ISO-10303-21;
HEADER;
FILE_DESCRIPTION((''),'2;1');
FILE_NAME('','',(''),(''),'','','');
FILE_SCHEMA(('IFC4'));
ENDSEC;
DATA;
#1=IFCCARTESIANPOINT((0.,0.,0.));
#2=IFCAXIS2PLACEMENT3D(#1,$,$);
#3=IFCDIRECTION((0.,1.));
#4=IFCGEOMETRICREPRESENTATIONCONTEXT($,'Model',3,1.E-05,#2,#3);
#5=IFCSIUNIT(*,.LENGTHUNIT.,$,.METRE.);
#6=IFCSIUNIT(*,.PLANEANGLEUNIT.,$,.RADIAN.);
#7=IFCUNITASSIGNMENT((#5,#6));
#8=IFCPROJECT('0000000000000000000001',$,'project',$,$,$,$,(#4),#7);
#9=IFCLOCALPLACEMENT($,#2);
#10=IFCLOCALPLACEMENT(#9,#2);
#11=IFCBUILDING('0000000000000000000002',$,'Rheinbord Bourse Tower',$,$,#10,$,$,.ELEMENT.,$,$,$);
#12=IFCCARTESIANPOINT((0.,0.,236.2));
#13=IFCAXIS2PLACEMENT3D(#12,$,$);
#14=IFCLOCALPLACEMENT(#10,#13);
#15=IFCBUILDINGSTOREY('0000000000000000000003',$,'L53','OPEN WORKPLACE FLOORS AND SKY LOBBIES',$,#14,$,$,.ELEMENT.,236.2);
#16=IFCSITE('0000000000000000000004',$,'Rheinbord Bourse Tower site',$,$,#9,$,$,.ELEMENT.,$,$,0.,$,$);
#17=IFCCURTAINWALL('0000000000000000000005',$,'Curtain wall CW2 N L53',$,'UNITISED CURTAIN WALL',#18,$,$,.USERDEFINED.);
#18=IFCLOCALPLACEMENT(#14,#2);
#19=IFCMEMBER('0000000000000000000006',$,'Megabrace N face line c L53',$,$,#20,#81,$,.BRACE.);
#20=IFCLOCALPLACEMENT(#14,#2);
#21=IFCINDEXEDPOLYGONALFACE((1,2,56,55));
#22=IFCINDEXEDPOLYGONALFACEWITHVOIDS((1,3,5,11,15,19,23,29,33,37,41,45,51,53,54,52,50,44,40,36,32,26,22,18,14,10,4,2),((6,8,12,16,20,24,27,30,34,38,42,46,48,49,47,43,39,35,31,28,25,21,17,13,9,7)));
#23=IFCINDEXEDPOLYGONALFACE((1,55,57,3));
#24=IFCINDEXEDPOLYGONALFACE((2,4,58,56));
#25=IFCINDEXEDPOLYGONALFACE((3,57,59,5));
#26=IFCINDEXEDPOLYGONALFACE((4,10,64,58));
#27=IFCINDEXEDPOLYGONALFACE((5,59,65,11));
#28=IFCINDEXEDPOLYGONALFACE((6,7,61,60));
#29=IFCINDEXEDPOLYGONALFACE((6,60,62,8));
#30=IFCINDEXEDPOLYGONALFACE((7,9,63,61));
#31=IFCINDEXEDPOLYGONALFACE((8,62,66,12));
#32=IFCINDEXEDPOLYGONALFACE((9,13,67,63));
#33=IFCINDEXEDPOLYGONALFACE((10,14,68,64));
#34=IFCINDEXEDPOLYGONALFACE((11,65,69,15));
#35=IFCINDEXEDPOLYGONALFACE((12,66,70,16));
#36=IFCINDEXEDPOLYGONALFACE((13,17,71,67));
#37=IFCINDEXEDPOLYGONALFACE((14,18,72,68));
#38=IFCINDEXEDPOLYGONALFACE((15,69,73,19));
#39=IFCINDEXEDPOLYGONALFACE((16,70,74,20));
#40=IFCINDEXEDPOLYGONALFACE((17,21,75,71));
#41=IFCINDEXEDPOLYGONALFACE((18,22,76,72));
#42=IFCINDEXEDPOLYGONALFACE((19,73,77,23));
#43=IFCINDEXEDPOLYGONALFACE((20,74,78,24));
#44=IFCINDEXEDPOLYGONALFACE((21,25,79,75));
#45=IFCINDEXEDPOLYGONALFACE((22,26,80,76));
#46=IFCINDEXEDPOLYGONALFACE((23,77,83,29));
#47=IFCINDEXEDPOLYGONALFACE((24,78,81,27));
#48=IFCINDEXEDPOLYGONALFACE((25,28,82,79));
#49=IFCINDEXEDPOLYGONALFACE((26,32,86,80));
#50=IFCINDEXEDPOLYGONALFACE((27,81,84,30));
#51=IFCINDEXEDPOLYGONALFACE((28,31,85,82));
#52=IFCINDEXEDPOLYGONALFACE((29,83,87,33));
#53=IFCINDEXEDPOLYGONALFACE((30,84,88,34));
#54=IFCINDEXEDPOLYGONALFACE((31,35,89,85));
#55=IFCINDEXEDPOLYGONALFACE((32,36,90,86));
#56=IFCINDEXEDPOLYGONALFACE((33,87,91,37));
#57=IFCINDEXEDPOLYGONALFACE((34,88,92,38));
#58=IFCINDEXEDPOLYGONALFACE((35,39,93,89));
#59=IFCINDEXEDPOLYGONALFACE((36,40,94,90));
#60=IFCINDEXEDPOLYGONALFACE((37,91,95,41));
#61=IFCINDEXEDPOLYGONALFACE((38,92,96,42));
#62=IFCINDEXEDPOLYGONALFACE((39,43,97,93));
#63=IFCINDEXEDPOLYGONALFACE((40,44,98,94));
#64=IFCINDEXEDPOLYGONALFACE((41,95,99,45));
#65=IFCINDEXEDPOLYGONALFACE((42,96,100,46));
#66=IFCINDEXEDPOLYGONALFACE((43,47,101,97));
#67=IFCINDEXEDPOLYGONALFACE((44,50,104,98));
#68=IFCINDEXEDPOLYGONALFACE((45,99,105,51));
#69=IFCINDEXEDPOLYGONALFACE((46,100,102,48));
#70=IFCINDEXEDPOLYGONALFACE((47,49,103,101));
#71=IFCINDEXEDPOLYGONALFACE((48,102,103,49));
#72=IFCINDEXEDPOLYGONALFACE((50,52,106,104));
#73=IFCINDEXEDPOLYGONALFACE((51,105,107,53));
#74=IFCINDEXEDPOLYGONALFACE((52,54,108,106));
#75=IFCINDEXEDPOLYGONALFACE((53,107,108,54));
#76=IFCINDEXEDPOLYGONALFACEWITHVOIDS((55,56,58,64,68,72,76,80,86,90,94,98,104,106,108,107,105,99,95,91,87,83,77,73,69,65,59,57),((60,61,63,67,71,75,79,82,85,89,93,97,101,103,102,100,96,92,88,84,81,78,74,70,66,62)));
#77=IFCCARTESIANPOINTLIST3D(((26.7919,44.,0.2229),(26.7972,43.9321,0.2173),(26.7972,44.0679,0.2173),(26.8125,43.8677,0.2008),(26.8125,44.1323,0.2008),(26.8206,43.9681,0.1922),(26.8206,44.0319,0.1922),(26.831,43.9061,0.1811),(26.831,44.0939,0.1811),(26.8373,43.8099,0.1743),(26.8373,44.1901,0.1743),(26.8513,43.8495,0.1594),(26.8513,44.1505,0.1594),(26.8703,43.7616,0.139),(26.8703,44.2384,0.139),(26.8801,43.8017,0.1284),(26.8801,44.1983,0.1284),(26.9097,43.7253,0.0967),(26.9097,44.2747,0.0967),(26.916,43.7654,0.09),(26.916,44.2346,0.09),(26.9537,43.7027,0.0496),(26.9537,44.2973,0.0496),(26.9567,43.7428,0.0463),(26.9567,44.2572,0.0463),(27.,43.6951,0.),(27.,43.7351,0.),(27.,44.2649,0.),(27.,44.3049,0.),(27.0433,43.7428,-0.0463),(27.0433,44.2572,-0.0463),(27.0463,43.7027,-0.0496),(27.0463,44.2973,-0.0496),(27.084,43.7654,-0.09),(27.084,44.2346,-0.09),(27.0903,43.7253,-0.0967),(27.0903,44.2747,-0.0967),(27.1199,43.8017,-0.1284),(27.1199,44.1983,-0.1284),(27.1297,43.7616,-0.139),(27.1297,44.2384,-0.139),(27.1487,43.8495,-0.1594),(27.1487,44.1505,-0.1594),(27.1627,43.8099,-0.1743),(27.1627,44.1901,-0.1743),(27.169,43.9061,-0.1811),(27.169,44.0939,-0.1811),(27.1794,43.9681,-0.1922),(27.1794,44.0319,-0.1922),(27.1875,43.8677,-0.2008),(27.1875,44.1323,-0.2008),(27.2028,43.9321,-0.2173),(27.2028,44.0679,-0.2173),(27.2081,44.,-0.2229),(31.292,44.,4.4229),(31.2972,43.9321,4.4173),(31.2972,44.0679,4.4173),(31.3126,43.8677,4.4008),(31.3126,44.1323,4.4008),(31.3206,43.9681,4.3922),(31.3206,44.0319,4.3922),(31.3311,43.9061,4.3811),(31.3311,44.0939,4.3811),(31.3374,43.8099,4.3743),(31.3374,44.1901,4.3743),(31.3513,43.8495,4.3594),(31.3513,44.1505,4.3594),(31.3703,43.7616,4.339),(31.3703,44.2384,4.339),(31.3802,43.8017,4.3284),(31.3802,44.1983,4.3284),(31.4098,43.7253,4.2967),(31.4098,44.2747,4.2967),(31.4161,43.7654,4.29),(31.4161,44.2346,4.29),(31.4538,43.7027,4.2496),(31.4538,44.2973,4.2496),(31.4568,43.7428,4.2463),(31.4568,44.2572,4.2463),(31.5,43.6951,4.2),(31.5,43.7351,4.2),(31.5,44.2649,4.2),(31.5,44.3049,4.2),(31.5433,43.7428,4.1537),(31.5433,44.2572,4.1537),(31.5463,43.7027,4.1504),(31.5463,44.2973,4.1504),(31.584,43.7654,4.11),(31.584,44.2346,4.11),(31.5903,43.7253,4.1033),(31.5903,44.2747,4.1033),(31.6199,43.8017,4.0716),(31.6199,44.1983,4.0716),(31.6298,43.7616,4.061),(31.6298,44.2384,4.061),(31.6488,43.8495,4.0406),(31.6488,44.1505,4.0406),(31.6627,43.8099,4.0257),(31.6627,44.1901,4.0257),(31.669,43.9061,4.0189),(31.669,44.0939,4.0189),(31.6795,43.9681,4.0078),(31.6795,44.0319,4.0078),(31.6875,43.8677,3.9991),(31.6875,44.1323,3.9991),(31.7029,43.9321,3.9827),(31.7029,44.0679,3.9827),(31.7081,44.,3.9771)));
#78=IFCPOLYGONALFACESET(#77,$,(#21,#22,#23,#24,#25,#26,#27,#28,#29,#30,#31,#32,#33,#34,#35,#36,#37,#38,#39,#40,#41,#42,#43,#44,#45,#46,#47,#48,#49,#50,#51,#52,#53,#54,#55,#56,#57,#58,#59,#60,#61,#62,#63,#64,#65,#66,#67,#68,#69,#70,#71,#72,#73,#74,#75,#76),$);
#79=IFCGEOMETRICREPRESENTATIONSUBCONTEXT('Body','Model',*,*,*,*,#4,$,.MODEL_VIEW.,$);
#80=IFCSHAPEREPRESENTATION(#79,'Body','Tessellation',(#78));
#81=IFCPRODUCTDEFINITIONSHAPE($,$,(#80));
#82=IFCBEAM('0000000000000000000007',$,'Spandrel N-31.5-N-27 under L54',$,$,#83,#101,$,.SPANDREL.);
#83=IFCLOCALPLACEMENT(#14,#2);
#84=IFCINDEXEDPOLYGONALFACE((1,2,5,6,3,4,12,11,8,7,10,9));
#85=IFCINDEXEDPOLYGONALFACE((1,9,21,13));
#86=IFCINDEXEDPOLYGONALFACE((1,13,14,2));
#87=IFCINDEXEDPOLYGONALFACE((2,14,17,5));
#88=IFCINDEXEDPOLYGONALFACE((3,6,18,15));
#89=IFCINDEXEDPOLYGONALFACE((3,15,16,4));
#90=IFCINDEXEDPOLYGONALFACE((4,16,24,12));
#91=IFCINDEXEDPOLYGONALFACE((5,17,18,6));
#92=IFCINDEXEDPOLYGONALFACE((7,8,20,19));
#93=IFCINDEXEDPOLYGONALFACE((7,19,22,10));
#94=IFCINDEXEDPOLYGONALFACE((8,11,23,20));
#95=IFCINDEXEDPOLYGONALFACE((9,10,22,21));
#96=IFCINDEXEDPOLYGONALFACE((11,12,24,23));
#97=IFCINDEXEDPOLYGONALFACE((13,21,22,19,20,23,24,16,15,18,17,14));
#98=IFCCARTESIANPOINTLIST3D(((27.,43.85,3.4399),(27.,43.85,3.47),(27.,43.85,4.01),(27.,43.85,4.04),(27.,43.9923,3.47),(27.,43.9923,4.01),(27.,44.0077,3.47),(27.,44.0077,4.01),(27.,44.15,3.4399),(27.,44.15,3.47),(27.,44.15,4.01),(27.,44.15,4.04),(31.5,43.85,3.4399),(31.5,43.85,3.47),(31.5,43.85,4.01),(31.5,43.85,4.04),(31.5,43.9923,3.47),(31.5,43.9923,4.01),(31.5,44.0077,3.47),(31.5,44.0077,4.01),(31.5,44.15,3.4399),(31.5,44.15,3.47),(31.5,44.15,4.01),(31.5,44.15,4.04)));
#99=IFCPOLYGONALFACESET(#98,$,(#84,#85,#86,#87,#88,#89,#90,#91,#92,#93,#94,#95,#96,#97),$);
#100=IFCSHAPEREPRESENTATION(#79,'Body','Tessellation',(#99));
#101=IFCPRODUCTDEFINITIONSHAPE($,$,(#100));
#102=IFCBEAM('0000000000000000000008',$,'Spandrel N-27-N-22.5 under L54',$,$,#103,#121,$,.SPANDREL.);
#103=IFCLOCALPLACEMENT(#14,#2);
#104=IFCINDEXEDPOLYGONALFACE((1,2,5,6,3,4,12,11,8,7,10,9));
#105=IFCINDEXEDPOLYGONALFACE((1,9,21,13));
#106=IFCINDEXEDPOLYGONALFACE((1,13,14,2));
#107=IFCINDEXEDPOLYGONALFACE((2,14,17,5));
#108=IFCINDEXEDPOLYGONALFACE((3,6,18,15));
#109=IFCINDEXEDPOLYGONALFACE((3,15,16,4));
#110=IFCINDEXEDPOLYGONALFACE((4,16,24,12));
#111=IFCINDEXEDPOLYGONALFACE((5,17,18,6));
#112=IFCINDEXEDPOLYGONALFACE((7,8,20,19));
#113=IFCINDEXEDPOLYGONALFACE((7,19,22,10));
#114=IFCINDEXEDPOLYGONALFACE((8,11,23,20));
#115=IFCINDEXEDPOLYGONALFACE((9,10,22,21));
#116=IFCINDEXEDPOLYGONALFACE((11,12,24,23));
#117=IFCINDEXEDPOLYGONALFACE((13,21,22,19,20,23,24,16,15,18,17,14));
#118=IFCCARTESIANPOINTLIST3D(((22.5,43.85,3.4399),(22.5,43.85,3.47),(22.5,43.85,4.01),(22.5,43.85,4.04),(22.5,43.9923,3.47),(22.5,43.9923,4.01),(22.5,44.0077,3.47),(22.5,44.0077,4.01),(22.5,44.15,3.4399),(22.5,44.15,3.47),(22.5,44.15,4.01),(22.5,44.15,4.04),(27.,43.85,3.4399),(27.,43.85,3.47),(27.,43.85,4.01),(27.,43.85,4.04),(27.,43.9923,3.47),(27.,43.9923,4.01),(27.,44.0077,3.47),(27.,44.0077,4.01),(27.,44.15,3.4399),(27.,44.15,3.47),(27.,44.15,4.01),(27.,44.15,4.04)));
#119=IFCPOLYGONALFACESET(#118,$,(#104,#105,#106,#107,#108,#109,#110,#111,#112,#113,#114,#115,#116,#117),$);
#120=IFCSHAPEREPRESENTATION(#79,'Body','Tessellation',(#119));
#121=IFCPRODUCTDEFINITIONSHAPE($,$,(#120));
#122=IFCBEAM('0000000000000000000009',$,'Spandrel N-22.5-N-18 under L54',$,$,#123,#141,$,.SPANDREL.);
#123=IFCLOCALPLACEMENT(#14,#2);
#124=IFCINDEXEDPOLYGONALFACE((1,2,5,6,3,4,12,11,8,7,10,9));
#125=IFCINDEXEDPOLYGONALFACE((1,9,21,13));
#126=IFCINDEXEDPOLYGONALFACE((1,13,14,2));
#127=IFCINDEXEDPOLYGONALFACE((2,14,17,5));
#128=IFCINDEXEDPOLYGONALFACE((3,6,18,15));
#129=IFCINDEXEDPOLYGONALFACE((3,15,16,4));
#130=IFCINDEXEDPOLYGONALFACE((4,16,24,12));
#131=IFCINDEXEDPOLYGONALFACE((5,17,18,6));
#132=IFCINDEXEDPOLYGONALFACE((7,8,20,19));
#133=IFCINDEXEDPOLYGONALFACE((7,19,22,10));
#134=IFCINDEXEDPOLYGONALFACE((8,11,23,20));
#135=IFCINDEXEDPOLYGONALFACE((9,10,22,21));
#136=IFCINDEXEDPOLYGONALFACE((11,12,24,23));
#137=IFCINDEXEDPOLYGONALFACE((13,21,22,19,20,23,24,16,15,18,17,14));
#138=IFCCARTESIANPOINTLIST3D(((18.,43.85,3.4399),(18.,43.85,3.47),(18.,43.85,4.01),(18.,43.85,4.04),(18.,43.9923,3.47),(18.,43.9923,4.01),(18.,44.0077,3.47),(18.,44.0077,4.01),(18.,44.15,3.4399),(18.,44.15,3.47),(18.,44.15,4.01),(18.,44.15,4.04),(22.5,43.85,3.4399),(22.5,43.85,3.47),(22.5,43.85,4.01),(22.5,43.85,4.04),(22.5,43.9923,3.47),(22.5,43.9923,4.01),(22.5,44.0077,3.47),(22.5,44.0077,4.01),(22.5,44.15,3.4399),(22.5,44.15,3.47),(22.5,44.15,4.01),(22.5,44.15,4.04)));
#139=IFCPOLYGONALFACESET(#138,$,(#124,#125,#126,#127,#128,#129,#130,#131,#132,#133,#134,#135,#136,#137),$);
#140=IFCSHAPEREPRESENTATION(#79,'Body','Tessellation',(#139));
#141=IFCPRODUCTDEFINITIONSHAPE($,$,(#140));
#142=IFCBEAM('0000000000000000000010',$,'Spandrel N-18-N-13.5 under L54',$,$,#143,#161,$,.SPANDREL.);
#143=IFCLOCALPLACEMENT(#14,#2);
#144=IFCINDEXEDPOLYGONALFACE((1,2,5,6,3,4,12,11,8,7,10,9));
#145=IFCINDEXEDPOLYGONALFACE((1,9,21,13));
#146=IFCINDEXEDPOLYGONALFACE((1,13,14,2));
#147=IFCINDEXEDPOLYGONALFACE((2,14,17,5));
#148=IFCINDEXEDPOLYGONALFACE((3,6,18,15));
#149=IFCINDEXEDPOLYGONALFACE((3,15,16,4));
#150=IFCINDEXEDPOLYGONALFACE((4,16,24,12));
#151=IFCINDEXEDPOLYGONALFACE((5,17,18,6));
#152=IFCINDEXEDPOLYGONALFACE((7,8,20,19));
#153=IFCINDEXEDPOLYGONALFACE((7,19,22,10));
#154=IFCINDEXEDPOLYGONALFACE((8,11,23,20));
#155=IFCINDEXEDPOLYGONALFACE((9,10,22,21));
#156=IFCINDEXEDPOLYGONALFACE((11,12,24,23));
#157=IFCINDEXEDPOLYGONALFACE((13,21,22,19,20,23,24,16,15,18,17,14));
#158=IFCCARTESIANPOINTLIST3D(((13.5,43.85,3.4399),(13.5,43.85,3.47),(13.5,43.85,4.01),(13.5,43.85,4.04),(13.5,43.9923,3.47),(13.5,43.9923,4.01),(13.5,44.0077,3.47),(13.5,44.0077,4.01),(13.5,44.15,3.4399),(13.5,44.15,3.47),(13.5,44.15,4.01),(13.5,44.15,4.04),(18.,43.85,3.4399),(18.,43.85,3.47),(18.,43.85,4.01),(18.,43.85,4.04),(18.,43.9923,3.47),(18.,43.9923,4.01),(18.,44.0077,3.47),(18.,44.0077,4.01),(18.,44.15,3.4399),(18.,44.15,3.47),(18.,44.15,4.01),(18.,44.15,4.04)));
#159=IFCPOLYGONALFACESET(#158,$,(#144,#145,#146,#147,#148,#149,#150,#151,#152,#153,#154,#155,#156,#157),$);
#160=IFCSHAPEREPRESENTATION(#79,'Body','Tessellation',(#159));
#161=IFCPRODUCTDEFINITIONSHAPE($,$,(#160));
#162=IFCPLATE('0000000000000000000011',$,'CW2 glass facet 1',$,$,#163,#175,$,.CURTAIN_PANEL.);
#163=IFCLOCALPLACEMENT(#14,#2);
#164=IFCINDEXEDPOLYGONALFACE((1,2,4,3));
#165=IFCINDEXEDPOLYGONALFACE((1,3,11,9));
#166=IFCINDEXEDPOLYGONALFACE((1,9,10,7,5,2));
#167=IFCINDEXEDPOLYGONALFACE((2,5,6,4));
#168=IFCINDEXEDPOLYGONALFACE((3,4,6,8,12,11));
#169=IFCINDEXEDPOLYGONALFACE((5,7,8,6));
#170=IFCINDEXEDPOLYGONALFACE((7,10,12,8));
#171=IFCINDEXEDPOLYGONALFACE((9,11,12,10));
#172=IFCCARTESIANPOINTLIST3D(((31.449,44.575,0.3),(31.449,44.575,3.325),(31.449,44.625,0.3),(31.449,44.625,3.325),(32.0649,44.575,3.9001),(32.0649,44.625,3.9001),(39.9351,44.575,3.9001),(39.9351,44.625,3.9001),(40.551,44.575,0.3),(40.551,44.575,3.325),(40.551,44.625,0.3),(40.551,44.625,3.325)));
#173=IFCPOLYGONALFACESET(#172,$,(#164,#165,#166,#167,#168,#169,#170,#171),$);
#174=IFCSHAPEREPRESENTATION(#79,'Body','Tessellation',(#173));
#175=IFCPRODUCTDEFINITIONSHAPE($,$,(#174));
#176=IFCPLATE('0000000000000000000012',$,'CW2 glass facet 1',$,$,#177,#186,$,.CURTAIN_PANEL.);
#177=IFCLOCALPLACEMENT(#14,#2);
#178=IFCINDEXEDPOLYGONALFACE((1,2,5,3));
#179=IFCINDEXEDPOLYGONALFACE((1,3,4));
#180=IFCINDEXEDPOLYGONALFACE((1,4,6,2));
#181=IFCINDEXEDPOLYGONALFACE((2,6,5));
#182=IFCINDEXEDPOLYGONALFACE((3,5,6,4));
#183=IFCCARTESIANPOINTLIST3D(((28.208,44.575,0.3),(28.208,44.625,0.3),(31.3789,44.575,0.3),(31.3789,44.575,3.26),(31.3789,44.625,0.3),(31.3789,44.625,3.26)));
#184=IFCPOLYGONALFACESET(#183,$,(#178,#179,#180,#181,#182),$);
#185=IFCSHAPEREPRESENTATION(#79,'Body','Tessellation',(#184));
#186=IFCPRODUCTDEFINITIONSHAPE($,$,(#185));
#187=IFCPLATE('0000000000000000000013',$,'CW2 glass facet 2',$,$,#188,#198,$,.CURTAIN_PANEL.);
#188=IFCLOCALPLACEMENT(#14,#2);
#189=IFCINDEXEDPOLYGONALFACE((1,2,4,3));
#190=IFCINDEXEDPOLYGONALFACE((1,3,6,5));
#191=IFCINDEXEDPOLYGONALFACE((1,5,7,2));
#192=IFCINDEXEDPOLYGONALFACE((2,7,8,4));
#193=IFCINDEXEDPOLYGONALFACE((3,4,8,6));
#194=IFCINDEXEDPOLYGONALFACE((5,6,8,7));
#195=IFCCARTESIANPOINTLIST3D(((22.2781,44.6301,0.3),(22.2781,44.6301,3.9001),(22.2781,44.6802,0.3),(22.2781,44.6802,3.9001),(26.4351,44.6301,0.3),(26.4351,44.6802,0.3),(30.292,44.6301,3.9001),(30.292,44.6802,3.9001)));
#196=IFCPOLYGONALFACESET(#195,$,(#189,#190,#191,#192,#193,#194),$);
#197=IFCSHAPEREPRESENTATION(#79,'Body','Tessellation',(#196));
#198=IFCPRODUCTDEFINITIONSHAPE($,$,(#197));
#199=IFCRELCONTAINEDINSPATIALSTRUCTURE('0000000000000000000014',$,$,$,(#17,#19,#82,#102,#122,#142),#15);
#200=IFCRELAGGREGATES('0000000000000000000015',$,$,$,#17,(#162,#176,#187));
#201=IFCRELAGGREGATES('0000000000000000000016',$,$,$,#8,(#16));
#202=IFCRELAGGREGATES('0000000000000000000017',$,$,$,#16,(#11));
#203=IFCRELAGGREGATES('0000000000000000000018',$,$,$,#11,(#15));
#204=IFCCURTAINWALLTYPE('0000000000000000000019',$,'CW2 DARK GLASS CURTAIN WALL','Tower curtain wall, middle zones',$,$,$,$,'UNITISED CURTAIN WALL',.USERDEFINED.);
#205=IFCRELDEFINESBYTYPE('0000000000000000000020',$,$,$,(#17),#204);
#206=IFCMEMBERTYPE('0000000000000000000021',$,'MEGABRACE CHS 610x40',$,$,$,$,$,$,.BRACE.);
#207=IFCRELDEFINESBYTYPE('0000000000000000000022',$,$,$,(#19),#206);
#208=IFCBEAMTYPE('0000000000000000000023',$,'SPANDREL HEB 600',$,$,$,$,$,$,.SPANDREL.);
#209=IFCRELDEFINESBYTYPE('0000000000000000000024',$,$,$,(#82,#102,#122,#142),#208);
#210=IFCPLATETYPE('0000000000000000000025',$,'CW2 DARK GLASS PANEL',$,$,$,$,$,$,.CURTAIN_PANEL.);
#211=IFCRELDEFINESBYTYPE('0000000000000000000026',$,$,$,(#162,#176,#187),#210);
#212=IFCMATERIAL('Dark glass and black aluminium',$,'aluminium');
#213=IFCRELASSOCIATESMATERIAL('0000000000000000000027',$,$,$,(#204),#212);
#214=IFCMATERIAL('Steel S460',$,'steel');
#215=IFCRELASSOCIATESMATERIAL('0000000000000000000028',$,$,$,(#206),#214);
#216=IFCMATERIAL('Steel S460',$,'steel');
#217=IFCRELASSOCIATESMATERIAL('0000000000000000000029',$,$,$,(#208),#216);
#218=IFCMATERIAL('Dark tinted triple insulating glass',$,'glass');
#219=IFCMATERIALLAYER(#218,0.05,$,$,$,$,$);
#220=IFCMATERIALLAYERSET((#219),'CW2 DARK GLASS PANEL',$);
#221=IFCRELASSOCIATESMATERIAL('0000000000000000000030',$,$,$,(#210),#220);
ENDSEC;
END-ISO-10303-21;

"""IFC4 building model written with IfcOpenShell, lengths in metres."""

from ifc_helpers import new_model, si_unit, direction, frame, origin, origin_2d, place, context, subcontext, project, spatial, polyline, hollow_circle, i_section, outline, extrude, material, layer, layer_set, material_profile, profile_set, type_object, element, aggregate, save


model = new_model("IFC4")

# Units and contexts
model_context = context("Model", 3, precision=1e-05, world=origin(), true_north=direction((0.0, 1.0)))
body_context = subcontext(model_context, "Body", "Model", "MODEL_VIEW")
ifc_project = project(units=[si_unit("LENGTHUNIT", "METRE"), si_unit("PLANEANGLEUNIT", "RADIAN")], contexts=[model_context])

# Site, building, storey
site_placement = place(None, origin())
site = spatial("IfcSite", under=ifc_project, at=site_placement, Name="Rheinbord Bourse Tower site", CompositionType="ELEMENT", RefElevation=0.0)
building_placement = place(site_placement, origin())
building = spatial("IfcBuilding", under=site, at=building_placement, Name="Rheinbord Bourse Tower", CompositionType="ELEMENT")
storey_placement = place(building_placement, frame((0.0, 0.0, 236.2)))
storey = spatial("IfcBuildingStorey", under=building, at=storey_placement, Name="L53", Description="OPEN WORKPLACE FLOORS AND SKY LOBBIES", CompositionType="ELEMENT", Elevation=236.2)

# Curtain wall
ifc_material_1 = material(Name="Dark glass and black aluminium", Category="aluminium")
curtain_wall_type = type_object("IfcCurtainWallType", Name="CW2 DARK GLASS CURTAIN WALL", Description="Tower curtain wall, middle zones", ElementType="UNITISED CURTAIN WALL", PredefinedType="USERDEFINED", material=ifc_material_1)
curtain_wall_placement = place(storey_placement, origin())
curtain_wall = element("IfcCurtainWall", 1, at=curtain_wall_placement, inside=storey, type_object=curtain_wall_type, Name="Curtain wall CW2 N L53", ObjectType="UNITISED CURTAIN WALL", PredefinedType="USERDEFINED")

# Member
ifc_material_2 = material(Name="Steel S460", Category="steel")
ifc_material_profile_1 = material_profile(ifc_material_2, hollow_circle(Radius=0.3049, WallThickness=0.04, at=origin_2d()), Name="CHS 610x40")
ifc_profile_set_1 = profile_set([ifc_material_profile_1], Name="Steel S460")
member_type_1 = type_object("IfcMemberType", Name="MEGABRACE CHS 610x40", PredefinedType="BRACE", material=ifc_profile_set_1)
member_1_placement = place(storey_placement, frame((27.0, 44.0, 0.0), z_axis=(0.731059, 0.0, 0.682314), x_axis=(0.0, 1.0, 0.0)))
element("IfcMember", 2, at=member_1_placement, inside=storey, type_object=member_type_1, Name="Megabrace N face line c L53", PredefinedType="BRACE", context=body_context, shape_type="SweptSolid", body=[
    extrude(hollow_circle(Radius=0.3049, WallThickness=0.04, at=origin_2d()), origin(), (0.0, 0.0, 1.0), 6.1555),
])

# Beams
ifc_material_3 = material(Name="Steel S460", Category="steel")
ifc_material_profile_2 = material_profile(ifc_material_3, i_section(OverallWidth=0.3, OverallDepth=0.6001, WebThickness=0.0154, FlangeThickness=0.03, at=origin_2d()), Name="HEB 600")
ifc_profile_set_2 = profile_set([ifc_material_profile_2], Name="Steel S460")
beam_type_1 = type_object("IfcBeamType", Name="SPANDREL HEB 600", PredefinedType="SPANDREL", material=ifc_profile_set_2)
for number, where, z_axis, x_axis, name in (
    (3, (31.5, 44.0, 3.74), (-1.0, 0.0, 0.0), (0.0, -1.0, 0.0), "Spandrel N-31.5-N-27 under L54"),
    (4, (27.0, 44.0, 3.74), (-1.0, 0.0, 0.0), (0.0, -1.0, 0.0), "Spandrel N-27-N-22.5 under L54"),
    (5, (22.5, 44.0, 3.74), (-1.0, 0.0, 0.0), (0.0, -1.0, 0.0), "Spandrel N-22.5-N-18 under L54"),
    (6, (18.0, 44.0, 3.74), (-1.0, 0.0, 0.0), (0.0, -1.0, 0.0), "Spandrel N-18-N-13.5 under L54"),
):
    element("IfcBeam", number, at=place(storey_placement, frame(where, z_axis=z_axis, x_axis=x_axis)), inside=storey, type_object=beam_type_1, Name=name, PredefinedType="SPANDREL", context=body_context, shape_type="SweptSolid", body=[
        extrude(i_section(OverallWidth=0.3, OverallDepth=0.6001, WebThickness=0.0154, FlangeThickness=0.03, at=origin_2d()), origin(), (0.0, 0.0, 1.0), 4.5),
    ])

# Plates
ifc_material_4 = material(Name="Dark tinted triple insulating glass", Category="glass")
ifc_layer_1 = layer(ifc_material_4, 0.05)
ifc_layer_set_1 = layer_set([ifc_layer_1], Name="CW2 DARK GLASS PANEL")
plate_type = type_object("IfcPlateType", Name="CW2 DARK GLASS PANEL", PredefinedType="CURTAIN_PANEL", material=ifc_layer_set_1)
plate_1_placement = place(storey_placement, frame((31.449, 44.625, 0.3), z_axis=(0.0, -1.0, 0.0), x_axis=(1.0, 0.0, 0.0)))
plate_1 = element("IfcPlate", 7, at=plate_1_placement, type_object=plate_type, Name="CW2 glass facet 1", PredefinedType="CURTAIN_PANEL", context=body_context, shape_type="SweptSolid", body=[
    extrude(outline(polyline([(0.0, 0.0), (9.1021, 0.0), (9.1021, 3.0249), (8.4861, 3.6001), (0.616, 3.6001), (0.0, 3.0249), (0.0, 0.0)])), origin(), (0.0, 0.0, 1.0), 0.05),
])
plate_2_placement = place(storey_placement, frame((31.3789, 44.625, 0.3), z_axis=(0.0, -1.0, 0.0), x_axis=(0.0, 0.0, 1.0)))
plate_2 = element("IfcPlate", 8, at=plate_2_placement, type_object=plate_type, Name="CW2 glass facet 1", PredefinedType="CURTAIN_PANEL", context=body_context, shape_type="SweptSolid", body=[
    extrude(outline(polyline([(0.0, 0.0), (2.96, 0.0), (0.0, 3.1709), (0.0, 0.0)])), origin(), (0.0, 0.0, 1.0), 0.05),
])
plate_3_placement = place(storey_placement, frame((22.2781, 44.6802, 3.9001), z_axis=(0.0, -1.0, 0.0), x_axis=(0.0, 0.0, -1.0)))
plate_3 = element("IfcPlate", 9, at=plate_3_placement, type_object=plate_type, Name="CW2 glass facet 2", PredefinedType="CURTAIN_PANEL", context=body_context, shape_type="SweptSolid", body=[
    extrude(outline(polyline([(0.0, 0.0), (3.6001, 0.0), (3.6001, 4.157), (0.0, 8.0139), (0.0, 0.0)])), origin(), (0.0, 0.0, 1.0), 0.05),
])
aggregate(curtain_wall, [plate_1, plate_2, plate_3])

save(model, "model.ifc")
